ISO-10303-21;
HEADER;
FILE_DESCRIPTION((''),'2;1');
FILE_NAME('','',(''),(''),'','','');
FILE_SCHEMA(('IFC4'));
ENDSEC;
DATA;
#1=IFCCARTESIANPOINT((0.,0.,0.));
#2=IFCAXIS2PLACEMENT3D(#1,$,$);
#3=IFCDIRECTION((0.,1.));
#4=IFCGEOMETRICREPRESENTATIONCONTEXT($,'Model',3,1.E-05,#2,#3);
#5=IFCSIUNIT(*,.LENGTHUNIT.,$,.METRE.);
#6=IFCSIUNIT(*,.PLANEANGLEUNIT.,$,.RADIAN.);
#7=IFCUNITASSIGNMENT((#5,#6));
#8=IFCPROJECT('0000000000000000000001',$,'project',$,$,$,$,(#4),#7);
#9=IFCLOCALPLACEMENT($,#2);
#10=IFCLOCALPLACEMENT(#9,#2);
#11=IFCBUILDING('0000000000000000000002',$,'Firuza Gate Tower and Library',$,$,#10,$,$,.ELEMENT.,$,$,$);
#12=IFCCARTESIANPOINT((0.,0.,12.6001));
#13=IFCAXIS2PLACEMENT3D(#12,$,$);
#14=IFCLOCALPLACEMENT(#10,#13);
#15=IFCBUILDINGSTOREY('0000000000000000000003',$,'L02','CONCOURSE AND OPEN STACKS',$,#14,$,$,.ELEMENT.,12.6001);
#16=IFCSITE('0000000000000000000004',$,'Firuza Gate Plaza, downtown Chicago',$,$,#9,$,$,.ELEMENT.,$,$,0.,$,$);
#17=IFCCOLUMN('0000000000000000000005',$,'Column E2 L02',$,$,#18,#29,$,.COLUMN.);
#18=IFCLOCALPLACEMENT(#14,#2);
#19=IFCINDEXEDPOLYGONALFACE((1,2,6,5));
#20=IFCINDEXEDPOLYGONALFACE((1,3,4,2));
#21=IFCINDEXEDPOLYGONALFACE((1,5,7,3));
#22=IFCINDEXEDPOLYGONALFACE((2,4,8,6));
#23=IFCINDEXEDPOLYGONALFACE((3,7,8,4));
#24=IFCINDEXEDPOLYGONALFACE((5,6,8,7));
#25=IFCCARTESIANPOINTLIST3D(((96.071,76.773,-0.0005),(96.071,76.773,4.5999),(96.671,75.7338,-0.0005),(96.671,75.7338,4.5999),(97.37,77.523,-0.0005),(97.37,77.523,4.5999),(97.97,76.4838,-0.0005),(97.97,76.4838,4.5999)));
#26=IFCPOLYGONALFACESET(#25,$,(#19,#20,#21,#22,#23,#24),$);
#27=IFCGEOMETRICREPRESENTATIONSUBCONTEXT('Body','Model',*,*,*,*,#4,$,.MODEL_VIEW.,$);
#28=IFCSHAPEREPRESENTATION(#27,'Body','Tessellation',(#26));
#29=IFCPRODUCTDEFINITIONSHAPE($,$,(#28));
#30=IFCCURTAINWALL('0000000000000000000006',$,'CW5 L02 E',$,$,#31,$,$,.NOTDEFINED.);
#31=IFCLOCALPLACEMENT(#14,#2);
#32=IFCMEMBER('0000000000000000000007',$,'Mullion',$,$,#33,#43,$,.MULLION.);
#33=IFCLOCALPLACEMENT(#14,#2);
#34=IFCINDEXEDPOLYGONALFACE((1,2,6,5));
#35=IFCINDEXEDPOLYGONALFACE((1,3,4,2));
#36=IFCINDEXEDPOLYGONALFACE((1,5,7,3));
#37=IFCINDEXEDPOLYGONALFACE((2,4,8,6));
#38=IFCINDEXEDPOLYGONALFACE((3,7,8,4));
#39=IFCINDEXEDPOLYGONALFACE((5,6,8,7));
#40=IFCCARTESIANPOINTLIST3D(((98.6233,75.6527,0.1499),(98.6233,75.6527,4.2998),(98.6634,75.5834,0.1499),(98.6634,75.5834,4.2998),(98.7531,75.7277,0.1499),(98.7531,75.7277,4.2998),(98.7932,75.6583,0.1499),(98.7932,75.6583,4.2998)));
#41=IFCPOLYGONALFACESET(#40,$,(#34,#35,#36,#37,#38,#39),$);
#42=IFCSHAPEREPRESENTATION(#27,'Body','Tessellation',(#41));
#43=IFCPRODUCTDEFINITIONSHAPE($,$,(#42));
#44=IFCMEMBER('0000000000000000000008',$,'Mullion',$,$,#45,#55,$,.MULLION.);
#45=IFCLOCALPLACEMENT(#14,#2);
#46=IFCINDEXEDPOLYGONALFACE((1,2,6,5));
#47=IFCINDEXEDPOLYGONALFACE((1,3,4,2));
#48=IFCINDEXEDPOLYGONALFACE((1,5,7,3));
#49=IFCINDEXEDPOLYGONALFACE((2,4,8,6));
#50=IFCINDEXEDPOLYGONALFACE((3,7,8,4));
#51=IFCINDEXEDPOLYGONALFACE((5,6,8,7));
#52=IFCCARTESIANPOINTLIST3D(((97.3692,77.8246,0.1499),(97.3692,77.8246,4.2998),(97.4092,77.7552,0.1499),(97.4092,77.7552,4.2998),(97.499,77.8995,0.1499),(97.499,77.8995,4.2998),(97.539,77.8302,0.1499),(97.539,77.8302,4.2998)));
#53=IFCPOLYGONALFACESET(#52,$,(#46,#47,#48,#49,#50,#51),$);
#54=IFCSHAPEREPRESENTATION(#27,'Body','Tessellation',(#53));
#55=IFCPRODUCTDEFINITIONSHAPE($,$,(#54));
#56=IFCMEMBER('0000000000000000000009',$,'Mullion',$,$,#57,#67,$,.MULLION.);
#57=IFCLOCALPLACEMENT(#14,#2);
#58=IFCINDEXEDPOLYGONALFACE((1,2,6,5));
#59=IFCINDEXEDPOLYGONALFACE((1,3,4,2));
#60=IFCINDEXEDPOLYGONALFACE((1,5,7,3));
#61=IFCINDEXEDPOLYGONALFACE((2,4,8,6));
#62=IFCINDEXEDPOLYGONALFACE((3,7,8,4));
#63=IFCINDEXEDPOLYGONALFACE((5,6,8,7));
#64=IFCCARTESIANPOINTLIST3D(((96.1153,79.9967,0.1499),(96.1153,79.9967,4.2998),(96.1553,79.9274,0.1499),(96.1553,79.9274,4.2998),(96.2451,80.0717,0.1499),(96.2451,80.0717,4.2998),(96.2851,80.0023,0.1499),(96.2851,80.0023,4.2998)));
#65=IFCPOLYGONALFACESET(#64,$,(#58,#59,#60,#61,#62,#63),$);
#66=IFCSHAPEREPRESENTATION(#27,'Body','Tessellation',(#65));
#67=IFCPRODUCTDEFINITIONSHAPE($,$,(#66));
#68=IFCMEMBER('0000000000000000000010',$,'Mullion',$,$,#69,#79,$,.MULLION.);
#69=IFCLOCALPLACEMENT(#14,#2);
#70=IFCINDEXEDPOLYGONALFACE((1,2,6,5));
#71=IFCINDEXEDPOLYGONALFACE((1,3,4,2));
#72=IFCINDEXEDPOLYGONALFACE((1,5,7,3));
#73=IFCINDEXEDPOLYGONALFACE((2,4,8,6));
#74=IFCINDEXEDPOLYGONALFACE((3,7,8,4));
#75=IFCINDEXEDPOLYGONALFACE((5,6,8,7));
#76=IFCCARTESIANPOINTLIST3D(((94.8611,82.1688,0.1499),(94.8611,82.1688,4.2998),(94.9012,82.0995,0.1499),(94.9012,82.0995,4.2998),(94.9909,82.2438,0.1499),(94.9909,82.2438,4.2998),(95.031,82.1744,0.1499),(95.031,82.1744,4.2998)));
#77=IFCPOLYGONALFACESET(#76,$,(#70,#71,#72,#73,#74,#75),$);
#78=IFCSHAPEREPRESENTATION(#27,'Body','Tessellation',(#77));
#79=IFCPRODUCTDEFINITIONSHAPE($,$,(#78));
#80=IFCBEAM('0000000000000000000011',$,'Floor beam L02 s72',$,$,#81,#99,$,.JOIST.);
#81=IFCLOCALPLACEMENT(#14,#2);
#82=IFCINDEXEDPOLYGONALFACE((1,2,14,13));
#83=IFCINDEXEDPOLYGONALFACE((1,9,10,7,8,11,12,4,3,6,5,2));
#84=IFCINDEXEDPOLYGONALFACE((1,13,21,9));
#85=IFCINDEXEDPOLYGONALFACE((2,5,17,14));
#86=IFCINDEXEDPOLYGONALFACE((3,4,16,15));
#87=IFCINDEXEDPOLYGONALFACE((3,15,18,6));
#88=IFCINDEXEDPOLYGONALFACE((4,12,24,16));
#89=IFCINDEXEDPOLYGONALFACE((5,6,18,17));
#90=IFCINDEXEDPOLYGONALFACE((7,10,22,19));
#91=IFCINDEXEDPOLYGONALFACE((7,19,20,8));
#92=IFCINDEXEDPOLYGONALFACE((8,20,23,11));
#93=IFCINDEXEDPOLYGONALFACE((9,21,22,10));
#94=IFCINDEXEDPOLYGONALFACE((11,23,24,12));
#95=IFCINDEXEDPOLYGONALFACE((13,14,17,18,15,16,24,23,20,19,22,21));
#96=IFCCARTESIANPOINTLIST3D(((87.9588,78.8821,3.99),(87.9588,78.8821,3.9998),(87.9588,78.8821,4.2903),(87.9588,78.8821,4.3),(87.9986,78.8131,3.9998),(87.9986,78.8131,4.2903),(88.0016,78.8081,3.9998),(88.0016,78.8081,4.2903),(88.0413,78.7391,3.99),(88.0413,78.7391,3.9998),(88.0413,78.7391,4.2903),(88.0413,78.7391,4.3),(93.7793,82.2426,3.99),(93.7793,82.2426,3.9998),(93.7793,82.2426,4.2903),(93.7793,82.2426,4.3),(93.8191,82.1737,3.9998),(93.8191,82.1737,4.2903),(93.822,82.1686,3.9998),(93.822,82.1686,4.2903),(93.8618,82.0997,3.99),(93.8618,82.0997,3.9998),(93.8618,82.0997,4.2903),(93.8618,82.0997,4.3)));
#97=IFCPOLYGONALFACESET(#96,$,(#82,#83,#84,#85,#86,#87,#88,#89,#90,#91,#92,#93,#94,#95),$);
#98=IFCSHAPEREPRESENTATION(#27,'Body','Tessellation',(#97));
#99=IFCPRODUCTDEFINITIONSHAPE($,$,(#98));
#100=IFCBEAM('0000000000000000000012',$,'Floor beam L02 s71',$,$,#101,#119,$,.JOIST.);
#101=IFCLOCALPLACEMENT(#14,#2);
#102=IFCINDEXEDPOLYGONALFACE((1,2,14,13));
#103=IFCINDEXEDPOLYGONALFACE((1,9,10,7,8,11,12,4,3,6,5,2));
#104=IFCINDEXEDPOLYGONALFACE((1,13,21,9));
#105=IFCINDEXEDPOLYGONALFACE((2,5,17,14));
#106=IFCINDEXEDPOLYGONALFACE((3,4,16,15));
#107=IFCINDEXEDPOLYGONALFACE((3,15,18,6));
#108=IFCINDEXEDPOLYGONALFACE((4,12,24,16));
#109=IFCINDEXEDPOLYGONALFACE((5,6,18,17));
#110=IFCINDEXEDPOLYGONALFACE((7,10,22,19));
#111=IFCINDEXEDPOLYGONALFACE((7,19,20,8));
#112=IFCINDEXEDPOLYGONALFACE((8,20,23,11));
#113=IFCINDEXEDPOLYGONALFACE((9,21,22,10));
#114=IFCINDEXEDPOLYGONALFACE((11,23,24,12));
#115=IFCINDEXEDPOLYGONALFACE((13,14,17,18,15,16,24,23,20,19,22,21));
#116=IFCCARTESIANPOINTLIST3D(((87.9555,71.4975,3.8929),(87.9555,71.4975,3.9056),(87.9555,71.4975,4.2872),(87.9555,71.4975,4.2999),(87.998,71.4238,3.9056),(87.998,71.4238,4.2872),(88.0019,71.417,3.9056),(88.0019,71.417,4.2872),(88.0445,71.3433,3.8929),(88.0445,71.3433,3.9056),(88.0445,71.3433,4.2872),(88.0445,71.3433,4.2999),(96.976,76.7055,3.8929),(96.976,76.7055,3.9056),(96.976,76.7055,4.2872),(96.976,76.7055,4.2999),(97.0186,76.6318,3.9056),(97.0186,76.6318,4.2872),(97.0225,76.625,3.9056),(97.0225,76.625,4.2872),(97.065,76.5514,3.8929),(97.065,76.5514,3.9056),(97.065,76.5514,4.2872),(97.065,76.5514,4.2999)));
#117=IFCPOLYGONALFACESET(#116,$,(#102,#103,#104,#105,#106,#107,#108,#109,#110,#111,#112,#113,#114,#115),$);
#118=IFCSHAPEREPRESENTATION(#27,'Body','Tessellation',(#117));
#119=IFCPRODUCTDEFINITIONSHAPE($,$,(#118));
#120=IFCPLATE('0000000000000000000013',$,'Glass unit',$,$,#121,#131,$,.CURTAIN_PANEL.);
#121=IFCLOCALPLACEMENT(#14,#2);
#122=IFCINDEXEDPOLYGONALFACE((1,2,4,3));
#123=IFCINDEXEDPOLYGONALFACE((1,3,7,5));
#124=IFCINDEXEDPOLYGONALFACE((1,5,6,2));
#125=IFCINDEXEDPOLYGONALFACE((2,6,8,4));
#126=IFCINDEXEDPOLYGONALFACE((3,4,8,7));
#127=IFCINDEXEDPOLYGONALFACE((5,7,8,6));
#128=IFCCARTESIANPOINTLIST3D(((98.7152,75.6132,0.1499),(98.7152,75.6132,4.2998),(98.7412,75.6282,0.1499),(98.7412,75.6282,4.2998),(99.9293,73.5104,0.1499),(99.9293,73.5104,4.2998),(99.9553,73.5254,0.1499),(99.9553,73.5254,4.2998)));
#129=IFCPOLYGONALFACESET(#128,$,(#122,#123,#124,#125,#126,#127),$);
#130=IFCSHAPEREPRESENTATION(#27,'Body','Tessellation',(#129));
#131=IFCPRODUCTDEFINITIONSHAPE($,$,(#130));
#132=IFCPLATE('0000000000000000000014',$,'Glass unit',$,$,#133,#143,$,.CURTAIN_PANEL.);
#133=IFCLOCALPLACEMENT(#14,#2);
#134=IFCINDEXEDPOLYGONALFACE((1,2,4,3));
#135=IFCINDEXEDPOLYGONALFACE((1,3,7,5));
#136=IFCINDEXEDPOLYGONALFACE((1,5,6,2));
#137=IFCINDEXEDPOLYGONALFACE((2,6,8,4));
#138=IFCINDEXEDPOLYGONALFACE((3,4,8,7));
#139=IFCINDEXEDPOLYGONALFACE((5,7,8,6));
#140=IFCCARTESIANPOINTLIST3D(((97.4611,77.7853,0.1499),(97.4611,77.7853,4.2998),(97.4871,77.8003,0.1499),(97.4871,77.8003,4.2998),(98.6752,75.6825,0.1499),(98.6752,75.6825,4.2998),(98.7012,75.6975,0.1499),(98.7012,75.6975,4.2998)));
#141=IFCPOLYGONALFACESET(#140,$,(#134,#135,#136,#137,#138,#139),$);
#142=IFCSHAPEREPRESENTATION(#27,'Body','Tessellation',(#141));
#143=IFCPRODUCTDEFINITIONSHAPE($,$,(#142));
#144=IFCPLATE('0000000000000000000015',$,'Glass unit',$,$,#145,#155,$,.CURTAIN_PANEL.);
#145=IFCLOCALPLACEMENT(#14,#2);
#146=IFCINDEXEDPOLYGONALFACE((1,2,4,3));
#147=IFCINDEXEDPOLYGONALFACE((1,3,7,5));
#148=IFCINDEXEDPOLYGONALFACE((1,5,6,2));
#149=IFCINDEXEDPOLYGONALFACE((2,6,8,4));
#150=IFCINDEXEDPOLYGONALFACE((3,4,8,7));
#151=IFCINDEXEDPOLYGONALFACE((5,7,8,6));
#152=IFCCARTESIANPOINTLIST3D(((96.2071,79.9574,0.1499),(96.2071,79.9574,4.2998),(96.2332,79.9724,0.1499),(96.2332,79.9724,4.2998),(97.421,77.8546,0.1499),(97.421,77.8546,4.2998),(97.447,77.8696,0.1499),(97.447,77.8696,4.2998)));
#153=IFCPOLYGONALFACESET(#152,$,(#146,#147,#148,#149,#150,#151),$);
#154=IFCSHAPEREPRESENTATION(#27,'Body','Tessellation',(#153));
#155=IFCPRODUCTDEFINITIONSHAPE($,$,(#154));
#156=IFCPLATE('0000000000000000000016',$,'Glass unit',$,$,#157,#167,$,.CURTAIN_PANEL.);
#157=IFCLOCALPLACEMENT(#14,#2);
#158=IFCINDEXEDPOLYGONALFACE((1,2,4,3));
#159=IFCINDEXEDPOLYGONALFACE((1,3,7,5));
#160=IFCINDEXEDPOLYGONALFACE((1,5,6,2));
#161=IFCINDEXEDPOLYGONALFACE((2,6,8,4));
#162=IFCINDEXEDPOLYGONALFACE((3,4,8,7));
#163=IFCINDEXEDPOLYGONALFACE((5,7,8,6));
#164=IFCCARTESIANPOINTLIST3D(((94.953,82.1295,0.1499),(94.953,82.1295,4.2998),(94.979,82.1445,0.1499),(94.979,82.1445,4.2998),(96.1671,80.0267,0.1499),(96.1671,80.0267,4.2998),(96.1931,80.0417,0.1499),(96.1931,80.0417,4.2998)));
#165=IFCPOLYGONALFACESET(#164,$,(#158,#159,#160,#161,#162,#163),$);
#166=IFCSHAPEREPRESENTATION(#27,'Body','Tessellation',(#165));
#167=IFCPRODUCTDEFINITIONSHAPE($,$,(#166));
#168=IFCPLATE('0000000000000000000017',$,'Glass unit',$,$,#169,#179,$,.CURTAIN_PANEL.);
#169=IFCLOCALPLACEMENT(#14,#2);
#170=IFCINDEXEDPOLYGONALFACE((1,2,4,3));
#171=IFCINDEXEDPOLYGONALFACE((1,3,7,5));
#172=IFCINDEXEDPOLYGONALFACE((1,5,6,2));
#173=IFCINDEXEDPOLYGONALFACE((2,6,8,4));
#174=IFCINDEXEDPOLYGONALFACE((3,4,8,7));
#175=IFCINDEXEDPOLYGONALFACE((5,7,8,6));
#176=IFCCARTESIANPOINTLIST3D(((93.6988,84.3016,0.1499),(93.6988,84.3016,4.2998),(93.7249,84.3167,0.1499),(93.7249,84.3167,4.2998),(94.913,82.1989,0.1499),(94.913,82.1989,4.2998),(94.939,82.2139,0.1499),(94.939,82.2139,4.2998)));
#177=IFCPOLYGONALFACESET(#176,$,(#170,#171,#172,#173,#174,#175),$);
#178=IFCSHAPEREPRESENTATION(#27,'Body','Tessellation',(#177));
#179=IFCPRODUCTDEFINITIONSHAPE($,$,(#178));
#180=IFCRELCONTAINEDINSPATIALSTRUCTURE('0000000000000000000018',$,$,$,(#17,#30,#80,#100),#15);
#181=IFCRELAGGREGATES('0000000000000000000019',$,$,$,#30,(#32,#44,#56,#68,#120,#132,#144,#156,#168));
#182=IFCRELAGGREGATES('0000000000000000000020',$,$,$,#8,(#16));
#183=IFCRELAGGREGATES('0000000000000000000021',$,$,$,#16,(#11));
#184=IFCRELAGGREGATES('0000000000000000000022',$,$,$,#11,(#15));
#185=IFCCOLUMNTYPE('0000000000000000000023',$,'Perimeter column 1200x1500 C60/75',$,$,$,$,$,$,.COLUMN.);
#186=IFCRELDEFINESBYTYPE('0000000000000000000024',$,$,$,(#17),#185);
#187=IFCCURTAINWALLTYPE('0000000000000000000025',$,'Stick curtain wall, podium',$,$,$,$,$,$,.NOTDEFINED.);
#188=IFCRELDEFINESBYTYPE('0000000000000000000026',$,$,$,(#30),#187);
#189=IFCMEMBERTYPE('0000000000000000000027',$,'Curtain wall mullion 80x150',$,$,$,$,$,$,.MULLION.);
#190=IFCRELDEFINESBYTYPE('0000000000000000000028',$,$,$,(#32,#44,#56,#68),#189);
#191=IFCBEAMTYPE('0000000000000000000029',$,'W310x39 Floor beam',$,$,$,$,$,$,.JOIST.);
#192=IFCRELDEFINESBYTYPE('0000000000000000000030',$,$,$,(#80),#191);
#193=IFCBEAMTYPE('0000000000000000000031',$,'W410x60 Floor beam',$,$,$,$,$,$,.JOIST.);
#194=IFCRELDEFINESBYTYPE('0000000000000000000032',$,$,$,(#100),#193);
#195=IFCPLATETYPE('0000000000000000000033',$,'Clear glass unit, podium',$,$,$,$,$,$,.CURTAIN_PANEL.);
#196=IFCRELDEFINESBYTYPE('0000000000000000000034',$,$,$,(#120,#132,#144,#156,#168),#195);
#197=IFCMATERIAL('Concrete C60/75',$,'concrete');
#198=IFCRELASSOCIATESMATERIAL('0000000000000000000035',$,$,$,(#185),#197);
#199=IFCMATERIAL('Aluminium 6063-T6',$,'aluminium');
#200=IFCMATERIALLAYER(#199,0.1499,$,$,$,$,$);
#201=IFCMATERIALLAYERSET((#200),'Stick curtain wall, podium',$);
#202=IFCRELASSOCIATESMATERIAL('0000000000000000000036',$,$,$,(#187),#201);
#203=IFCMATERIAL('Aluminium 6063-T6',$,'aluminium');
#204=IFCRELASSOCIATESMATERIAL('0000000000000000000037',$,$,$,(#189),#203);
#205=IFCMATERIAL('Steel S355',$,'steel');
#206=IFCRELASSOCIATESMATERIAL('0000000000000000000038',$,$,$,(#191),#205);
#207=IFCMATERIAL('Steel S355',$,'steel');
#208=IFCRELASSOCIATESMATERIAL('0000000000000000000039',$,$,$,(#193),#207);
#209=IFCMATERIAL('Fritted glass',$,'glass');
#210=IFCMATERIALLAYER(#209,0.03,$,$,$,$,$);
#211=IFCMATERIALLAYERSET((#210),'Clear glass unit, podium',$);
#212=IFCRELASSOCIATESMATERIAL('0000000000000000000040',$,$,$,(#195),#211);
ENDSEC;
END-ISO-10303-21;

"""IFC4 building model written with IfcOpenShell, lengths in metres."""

from ifc_helpers import new_model, si_unit, direction, frame, origin, origin_2d, place, context, subcontext, project, spatial, polyline, rectangle, i_section, outline, extrude, material, layer, layer_set, material_profile, profile_set, type_object, element, aggregate, save


model = new_model("IFC4")

# Units and contexts
model_context = context("Model", 3, precision=1e-05, world=origin(), true_north=direction((0.0, 1.0)))
body_context = subcontext(model_context, "Body", "Model", "MODEL_VIEW")
ifc_project = project(units=[si_unit("LENGTHUNIT", "METRE"), si_unit("PLANEANGLEUNIT", "RADIAN")], contexts=[model_context])

# Site, building, storey
site_placement = place(None, origin())
site = spatial("IfcSite", under=ifc_project, at=site_placement, Name="Firuza Gate Plaza, downtown Chicago", CompositionType="ELEMENT", RefElevation=0.0)
building_placement = place(site_placement, origin())
building = spatial("IfcBuilding", under=site, at=building_placement, Name="Firuza Gate Tower and Library", CompositionType="ELEMENT")
storey_placement = place(building_placement, frame((0.0, 0.0, 12.6001)))
storey = spatial("IfcBuildingStorey", under=building, at=storey_placement, Name="L02", Description="CONCOURSE AND OPEN STACKS", CompositionType="ELEMENT", Elevation=12.6001)

# Column
ifc_material_1 = material(Name="Concrete C60/75", Category="concrete")
ifc_material_profile_1 = material_profile(ifc_material_1, rectangle(XDim=1.2, YDim=1.5, at=origin_2d()))
ifc_profile_set_1 = profile_set([ifc_material_profile_1], Name="Concrete C60/75")
column_type = type_object("IfcColumnType", Name="Perimeter column 1200x1500 C60/75", PredefinedType="COLUMN", material=ifc_profile_set_1)
column_placement = place(storey_placement, frame((97.0205, 76.6284, -0.0005), z_axis=(0.0, 0.0, 1.0), x_axis=(-0.5, 0.866025, 0.0)))
element("IfcColumn", 1, at=column_placement, inside=storey, type_object=column_type, Name="Column E2 L02", PredefinedType="COLUMN", context=body_context, shape_type="SweptSolid", body=[
    extrude(rectangle(XDim=1.2, YDim=1.5, at=origin_2d()), origin(), (0.0, 0.0, 1.0), 4.6003),
])

# Curtain wall, members
ifc_material_2 = material(Name="Aluminium 6063-T6", Category="aluminium")
ifc_layer_1 = layer(ifc_material_2, 0.1499)
ifc_layer_set_1 = layer_set([ifc_layer_1], Name="Stick curtain wall, podium")
curtain_wall_type = type_object("IfcCurtainWallType", Name="Stick curtain wall, podium", PredefinedType="NOTDEFINED", material=ifc_layer_set_1)
curtain_wall_placement = place(storey_placement, origin())
curtain_wall = element("IfcCurtainWall", 2, at=curtain_wall_placement, inside=storey, type_object=curtain_wall_type, Name="CW5 L02 E", PredefinedType="NOTDEFINED")
ifc_material_3 = material(Name="Aluminium 6063-T6", Category="aluminium")
ifc_material_profile_2 = material_profile(ifc_material_3, rectangle(XDim=0.1499, YDim=0.0801, at=origin_2d()))
ifc_profile_set_2 = profile_set([ifc_material_profile_2], Name="Aluminium 6063-T6")
member_type = type_object("IfcMemberType", Name="Curtain wall mullion 80x150", PredefinedType="MULLION", material=ifc_profile_set_2)
member_1_placement = place(storey_placement, frame((98.7083, 75.6555, 0.1499), z_axis=(0.0, 0.0, 1.0), x_axis=(-0.866025, -0.5, 0.0)))
member_1 = element("IfcMember", 3, at=member_1_placement, type_object=member_type, Name="Mullion", PredefinedType="MULLION", context=body_context, shape_type="SweptSolid", body=[
    extrude(rectangle(XDim=0.1499, YDim=0.0801, at=origin_2d()), origin(), (0.0, 0.0, 1.0), 4.1499),
])
member_2_placement = place(storey_placement, frame((97.4541, 77.8274, 0.1499), z_axis=(0.0, 0.0, 1.0), x_axis=(-0.866025, -0.5, 0.0)))
member_2 = element("IfcMember", 4, at=member_2_placement, type_object=member_type, Name="Mullion", PredefinedType="MULLION", context=body_context, shape_type="SweptSolid", body=[
    extrude(rectangle(XDim=0.1499, YDim=0.0801, at=origin_2d()), origin(), (0.0, 0.0, 1.0), 4.1499),
])
member_3_placement = place(storey_placement, frame((96.2002, 79.9995, 0.1499), z_axis=(0.0, 0.0, 1.0), x_axis=(-0.866025, -0.5, 0.0)))
member_3 = element("IfcMember", 5, at=member_3_placement, type_object=member_type, Name="Mullion", PredefinedType="MULLION", context=body_context, shape_type="SweptSolid", body=[
    extrude(rectangle(XDim=0.1499, YDim=0.0801, at=origin_2d()), origin(), (0.0, 0.0, 1.0), 4.1499),
])
member_4_placement = place(storey_placement, frame((94.946, 82.1716, 0.1499), z_axis=(0.0, 0.0, 1.0), x_axis=(-0.866025, -0.5, 0.0)))
member_4 = element("IfcMember", 6, at=member_4_placement, type_object=member_type, Name="Mullion", PredefinedType="MULLION", context=body_context, shape_type="SweptSolid", body=[
    extrude(rectangle(XDim=0.1499, YDim=0.0801, at=origin_2d()), origin(), (0.0, 0.0, 1.0), 4.1499),
])

# Beams
ifc_material_4 = material(Name="Steel S355", Category="steel")
ifc_material_profile_3 = material_profile(ifc_material_4, i_section(OverallWidth=0.165, OverallDepth=0.3101, WebThickness=0.0059, FlangeThickness=0.0098, at=origin_2d()))
ifc_profile_set_3 = profile_set([ifc_material_profile_3], Name="Steel S355")
beam_type_1 = type_object("IfcBeamType", Name="W310x39 Floor beam", PredefinedType="JOIST", material=ifc_profile_set_3)
beam_1_placement = place(storey_placement, frame((93.8206, 82.1711, 4.145), z_axis=(-0.866019, -0.500011, 0.0), x_axis=(0.500011, -0.866019, 0.0)))
element("IfcBeam", 7, at=beam_1_placement, inside=storey, type_object=beam_type_1, Name="Floor beam L02 s72", PredefinedType="JOIST", context=body_context, shape_type="SweptSolid", body=[
    extrude(i_section(OverallWidth=0.165, OverallDepth=0.3101, WebThickness=0.0059, FlangeThickness=0.0098, at=origin_2d()), origin(), (0.0, 0.0, 1.0), 6.7209),
])
ifc_material_5 = material(Name="Steel S355", Category="steel")
ifc_material_profile_4 = material_profile(ifc_material_5, i_section(OverallWidth=0.178, OverallDepth=0.407, WebThickness=0.0078, FlangeThickness=0.0127, at=origin_2d()))
ifc_profile_set_4 = profile_set([ifc_material_profile_4], Name="Steel S355")
beam_type_2 = type_object("IfcBeamType", Name="W410x60 Floor beam", PredefinedType="JOIST", material=ifc_profile_set_4)
beam_2_placement = place(storey_placement, frame((97.0205, 76.6284, 4.0964), z_axis=(-0.866025, -0.500001, 0.0), x_axis=(0.500001, -0.866025, 0.0)))
element("IfcBeam", 8, at=beam_2_placement, inside=storey, type_object=beam_type_2, Name="Floor beam L02 s71", PredefinedType="JOIST", context=body_context, shape_type="SweptSolid", body=[
    extrude(i_section(OverallWidth=0.178, OverallDepth=0.407, WebThickness=0.0078, FlangeThickness=0.0127, at=origin_2d()), origin(), (0.0, 0.0, 1.0), 10.416),
])

# Plates
ifc_material_6 = material(Name="Fritted glass", Category="glass")
ifc_layer_2 = layer(ifc_material_6, 0.03)
ifc_layer_set_2 = layer_set([ifc_layer_2], Name="Clear glass unit, podium")
plate_type = type_object("IfcPlateType", Name="Clear glass unit, podium", PredefinedType="CURTAIN_PANEL", material=ifc_layer_set_2)
plate_1_placement = place(storey_placement, frame((99.9553, 73.5254, 0.1499), z_axis=(0.866013, 0.500021, 0.0), x_axis=(-0.500021, 0.866013, 0.0)))
plate_1 = element("IfcPlate", 9, at=plate_1_placement, type_object=plate_type, Name="Glass unit", PredefinedType="CURTAIN_PANEL", context=body_context, shape_type="SweptSolid", body=[
    extrude(outline(polyline([(0.0, 0.0), (2.4281, 0.0), (2.4281, 4.1499), (0.0, 4.1499), (0.0, 0.0)])), origin(), (0.0, 0.0, -1.0), 0.03),
])
plate_2_placement = place(storey_placement, frame((98.7012, 75.6975, 0.1499), z_axis=(0.866013, 0.500021, 0.0), x_axis=(-0.500021, 0.866013, 0.0)))
plate_2 = element("IfcPlate", 10, at=plate_2_placement, type_object=plate_type, Name="Glass unit", PredefinedType="CURTAIN_PANEL", context=body_context, shape_type="SweptSolid", body=[
    extrude(outline(polyline([(0.0, 0.0), (2.4281, 0.0), (2.4281, 4.1499), (0.0, 4.1499), (0.0, 0.0)])), origin(), (0.0, 0.0, -1.0), 0.03),
])
plate_3_placement = place(storey_placement, frame((97.447, 77.8696, 0.1499), z_axis=(0.866057, 0.499946, 0.0), x_axis=(-0.499946, 0.866057, 0.0)))
plate_3 = element("IfcPlate", 11, at=plate_3_placement, type_object=plate_type, Name="Glass unit", PredefinedType="CURTAIN_PANEL", context=body_context, shape_type="SweptSolid", body=[
    extrude(outline(polyline([(0.0, 0.0), (2.428, 0.0), (2.428, 4.1499), (0.0, 4.1499), (0.0, 0.0)])), origin(), (0.0, 0.0, -1.0), 0.03),
])
plate_4_placement = place(storey_placement, frame((96.1931, 80.0417, 0.1499), z_axis=(0.866013, 0.500021, 0.0), x_axis=(-0.500021, 0.866013, 0.0)))
plate_4 = element("IfcPlate", 12, at=plate_4_placement, type_object=plate_type, Name="Glass unit", PredefinedType="CURTAIN_PANEL", context=body_context, shape_type="SweptSolid", body=[
    extrude(outline(polyline([(0.0, 0.0), (2.4281, 0.0), (2.4281, 4.1499), (0.0, 4.1499), (0.0, 0.0)])), origin(), (0.0, 0.0, -1.0), 0.03),
])
plate_5_placement = place(storey_placement, frame((94.939, 82.2139, 0.1499), z_axis=(0.866013, 0.500021, 0.0), x_axis=(-0.500021, 0.866013, 0.0)))
plate_5 = element("IfcPlate", 13, at=plate_5_placement, type_object=plate_type, Name="Glass unit", PredefinedType="CURTAIN_PANEL", context=body_context, shape_type="SweptSolid", body=[
    extrude(outline(polyline([(0.0, 0.0), (2.4281, 0.0), (2.4281, 4.1499), (0.0, 4.1499), (0.0, 0.0)])), origin(), (0.0, 0.0, -1.0), 0.03),
])
aggregate(curtain_wall, [member_1, member_2, member_3, member_4, plate_1, plate_2, plate_3, plate_4, plate_5])

save(model, "model.ifc")
